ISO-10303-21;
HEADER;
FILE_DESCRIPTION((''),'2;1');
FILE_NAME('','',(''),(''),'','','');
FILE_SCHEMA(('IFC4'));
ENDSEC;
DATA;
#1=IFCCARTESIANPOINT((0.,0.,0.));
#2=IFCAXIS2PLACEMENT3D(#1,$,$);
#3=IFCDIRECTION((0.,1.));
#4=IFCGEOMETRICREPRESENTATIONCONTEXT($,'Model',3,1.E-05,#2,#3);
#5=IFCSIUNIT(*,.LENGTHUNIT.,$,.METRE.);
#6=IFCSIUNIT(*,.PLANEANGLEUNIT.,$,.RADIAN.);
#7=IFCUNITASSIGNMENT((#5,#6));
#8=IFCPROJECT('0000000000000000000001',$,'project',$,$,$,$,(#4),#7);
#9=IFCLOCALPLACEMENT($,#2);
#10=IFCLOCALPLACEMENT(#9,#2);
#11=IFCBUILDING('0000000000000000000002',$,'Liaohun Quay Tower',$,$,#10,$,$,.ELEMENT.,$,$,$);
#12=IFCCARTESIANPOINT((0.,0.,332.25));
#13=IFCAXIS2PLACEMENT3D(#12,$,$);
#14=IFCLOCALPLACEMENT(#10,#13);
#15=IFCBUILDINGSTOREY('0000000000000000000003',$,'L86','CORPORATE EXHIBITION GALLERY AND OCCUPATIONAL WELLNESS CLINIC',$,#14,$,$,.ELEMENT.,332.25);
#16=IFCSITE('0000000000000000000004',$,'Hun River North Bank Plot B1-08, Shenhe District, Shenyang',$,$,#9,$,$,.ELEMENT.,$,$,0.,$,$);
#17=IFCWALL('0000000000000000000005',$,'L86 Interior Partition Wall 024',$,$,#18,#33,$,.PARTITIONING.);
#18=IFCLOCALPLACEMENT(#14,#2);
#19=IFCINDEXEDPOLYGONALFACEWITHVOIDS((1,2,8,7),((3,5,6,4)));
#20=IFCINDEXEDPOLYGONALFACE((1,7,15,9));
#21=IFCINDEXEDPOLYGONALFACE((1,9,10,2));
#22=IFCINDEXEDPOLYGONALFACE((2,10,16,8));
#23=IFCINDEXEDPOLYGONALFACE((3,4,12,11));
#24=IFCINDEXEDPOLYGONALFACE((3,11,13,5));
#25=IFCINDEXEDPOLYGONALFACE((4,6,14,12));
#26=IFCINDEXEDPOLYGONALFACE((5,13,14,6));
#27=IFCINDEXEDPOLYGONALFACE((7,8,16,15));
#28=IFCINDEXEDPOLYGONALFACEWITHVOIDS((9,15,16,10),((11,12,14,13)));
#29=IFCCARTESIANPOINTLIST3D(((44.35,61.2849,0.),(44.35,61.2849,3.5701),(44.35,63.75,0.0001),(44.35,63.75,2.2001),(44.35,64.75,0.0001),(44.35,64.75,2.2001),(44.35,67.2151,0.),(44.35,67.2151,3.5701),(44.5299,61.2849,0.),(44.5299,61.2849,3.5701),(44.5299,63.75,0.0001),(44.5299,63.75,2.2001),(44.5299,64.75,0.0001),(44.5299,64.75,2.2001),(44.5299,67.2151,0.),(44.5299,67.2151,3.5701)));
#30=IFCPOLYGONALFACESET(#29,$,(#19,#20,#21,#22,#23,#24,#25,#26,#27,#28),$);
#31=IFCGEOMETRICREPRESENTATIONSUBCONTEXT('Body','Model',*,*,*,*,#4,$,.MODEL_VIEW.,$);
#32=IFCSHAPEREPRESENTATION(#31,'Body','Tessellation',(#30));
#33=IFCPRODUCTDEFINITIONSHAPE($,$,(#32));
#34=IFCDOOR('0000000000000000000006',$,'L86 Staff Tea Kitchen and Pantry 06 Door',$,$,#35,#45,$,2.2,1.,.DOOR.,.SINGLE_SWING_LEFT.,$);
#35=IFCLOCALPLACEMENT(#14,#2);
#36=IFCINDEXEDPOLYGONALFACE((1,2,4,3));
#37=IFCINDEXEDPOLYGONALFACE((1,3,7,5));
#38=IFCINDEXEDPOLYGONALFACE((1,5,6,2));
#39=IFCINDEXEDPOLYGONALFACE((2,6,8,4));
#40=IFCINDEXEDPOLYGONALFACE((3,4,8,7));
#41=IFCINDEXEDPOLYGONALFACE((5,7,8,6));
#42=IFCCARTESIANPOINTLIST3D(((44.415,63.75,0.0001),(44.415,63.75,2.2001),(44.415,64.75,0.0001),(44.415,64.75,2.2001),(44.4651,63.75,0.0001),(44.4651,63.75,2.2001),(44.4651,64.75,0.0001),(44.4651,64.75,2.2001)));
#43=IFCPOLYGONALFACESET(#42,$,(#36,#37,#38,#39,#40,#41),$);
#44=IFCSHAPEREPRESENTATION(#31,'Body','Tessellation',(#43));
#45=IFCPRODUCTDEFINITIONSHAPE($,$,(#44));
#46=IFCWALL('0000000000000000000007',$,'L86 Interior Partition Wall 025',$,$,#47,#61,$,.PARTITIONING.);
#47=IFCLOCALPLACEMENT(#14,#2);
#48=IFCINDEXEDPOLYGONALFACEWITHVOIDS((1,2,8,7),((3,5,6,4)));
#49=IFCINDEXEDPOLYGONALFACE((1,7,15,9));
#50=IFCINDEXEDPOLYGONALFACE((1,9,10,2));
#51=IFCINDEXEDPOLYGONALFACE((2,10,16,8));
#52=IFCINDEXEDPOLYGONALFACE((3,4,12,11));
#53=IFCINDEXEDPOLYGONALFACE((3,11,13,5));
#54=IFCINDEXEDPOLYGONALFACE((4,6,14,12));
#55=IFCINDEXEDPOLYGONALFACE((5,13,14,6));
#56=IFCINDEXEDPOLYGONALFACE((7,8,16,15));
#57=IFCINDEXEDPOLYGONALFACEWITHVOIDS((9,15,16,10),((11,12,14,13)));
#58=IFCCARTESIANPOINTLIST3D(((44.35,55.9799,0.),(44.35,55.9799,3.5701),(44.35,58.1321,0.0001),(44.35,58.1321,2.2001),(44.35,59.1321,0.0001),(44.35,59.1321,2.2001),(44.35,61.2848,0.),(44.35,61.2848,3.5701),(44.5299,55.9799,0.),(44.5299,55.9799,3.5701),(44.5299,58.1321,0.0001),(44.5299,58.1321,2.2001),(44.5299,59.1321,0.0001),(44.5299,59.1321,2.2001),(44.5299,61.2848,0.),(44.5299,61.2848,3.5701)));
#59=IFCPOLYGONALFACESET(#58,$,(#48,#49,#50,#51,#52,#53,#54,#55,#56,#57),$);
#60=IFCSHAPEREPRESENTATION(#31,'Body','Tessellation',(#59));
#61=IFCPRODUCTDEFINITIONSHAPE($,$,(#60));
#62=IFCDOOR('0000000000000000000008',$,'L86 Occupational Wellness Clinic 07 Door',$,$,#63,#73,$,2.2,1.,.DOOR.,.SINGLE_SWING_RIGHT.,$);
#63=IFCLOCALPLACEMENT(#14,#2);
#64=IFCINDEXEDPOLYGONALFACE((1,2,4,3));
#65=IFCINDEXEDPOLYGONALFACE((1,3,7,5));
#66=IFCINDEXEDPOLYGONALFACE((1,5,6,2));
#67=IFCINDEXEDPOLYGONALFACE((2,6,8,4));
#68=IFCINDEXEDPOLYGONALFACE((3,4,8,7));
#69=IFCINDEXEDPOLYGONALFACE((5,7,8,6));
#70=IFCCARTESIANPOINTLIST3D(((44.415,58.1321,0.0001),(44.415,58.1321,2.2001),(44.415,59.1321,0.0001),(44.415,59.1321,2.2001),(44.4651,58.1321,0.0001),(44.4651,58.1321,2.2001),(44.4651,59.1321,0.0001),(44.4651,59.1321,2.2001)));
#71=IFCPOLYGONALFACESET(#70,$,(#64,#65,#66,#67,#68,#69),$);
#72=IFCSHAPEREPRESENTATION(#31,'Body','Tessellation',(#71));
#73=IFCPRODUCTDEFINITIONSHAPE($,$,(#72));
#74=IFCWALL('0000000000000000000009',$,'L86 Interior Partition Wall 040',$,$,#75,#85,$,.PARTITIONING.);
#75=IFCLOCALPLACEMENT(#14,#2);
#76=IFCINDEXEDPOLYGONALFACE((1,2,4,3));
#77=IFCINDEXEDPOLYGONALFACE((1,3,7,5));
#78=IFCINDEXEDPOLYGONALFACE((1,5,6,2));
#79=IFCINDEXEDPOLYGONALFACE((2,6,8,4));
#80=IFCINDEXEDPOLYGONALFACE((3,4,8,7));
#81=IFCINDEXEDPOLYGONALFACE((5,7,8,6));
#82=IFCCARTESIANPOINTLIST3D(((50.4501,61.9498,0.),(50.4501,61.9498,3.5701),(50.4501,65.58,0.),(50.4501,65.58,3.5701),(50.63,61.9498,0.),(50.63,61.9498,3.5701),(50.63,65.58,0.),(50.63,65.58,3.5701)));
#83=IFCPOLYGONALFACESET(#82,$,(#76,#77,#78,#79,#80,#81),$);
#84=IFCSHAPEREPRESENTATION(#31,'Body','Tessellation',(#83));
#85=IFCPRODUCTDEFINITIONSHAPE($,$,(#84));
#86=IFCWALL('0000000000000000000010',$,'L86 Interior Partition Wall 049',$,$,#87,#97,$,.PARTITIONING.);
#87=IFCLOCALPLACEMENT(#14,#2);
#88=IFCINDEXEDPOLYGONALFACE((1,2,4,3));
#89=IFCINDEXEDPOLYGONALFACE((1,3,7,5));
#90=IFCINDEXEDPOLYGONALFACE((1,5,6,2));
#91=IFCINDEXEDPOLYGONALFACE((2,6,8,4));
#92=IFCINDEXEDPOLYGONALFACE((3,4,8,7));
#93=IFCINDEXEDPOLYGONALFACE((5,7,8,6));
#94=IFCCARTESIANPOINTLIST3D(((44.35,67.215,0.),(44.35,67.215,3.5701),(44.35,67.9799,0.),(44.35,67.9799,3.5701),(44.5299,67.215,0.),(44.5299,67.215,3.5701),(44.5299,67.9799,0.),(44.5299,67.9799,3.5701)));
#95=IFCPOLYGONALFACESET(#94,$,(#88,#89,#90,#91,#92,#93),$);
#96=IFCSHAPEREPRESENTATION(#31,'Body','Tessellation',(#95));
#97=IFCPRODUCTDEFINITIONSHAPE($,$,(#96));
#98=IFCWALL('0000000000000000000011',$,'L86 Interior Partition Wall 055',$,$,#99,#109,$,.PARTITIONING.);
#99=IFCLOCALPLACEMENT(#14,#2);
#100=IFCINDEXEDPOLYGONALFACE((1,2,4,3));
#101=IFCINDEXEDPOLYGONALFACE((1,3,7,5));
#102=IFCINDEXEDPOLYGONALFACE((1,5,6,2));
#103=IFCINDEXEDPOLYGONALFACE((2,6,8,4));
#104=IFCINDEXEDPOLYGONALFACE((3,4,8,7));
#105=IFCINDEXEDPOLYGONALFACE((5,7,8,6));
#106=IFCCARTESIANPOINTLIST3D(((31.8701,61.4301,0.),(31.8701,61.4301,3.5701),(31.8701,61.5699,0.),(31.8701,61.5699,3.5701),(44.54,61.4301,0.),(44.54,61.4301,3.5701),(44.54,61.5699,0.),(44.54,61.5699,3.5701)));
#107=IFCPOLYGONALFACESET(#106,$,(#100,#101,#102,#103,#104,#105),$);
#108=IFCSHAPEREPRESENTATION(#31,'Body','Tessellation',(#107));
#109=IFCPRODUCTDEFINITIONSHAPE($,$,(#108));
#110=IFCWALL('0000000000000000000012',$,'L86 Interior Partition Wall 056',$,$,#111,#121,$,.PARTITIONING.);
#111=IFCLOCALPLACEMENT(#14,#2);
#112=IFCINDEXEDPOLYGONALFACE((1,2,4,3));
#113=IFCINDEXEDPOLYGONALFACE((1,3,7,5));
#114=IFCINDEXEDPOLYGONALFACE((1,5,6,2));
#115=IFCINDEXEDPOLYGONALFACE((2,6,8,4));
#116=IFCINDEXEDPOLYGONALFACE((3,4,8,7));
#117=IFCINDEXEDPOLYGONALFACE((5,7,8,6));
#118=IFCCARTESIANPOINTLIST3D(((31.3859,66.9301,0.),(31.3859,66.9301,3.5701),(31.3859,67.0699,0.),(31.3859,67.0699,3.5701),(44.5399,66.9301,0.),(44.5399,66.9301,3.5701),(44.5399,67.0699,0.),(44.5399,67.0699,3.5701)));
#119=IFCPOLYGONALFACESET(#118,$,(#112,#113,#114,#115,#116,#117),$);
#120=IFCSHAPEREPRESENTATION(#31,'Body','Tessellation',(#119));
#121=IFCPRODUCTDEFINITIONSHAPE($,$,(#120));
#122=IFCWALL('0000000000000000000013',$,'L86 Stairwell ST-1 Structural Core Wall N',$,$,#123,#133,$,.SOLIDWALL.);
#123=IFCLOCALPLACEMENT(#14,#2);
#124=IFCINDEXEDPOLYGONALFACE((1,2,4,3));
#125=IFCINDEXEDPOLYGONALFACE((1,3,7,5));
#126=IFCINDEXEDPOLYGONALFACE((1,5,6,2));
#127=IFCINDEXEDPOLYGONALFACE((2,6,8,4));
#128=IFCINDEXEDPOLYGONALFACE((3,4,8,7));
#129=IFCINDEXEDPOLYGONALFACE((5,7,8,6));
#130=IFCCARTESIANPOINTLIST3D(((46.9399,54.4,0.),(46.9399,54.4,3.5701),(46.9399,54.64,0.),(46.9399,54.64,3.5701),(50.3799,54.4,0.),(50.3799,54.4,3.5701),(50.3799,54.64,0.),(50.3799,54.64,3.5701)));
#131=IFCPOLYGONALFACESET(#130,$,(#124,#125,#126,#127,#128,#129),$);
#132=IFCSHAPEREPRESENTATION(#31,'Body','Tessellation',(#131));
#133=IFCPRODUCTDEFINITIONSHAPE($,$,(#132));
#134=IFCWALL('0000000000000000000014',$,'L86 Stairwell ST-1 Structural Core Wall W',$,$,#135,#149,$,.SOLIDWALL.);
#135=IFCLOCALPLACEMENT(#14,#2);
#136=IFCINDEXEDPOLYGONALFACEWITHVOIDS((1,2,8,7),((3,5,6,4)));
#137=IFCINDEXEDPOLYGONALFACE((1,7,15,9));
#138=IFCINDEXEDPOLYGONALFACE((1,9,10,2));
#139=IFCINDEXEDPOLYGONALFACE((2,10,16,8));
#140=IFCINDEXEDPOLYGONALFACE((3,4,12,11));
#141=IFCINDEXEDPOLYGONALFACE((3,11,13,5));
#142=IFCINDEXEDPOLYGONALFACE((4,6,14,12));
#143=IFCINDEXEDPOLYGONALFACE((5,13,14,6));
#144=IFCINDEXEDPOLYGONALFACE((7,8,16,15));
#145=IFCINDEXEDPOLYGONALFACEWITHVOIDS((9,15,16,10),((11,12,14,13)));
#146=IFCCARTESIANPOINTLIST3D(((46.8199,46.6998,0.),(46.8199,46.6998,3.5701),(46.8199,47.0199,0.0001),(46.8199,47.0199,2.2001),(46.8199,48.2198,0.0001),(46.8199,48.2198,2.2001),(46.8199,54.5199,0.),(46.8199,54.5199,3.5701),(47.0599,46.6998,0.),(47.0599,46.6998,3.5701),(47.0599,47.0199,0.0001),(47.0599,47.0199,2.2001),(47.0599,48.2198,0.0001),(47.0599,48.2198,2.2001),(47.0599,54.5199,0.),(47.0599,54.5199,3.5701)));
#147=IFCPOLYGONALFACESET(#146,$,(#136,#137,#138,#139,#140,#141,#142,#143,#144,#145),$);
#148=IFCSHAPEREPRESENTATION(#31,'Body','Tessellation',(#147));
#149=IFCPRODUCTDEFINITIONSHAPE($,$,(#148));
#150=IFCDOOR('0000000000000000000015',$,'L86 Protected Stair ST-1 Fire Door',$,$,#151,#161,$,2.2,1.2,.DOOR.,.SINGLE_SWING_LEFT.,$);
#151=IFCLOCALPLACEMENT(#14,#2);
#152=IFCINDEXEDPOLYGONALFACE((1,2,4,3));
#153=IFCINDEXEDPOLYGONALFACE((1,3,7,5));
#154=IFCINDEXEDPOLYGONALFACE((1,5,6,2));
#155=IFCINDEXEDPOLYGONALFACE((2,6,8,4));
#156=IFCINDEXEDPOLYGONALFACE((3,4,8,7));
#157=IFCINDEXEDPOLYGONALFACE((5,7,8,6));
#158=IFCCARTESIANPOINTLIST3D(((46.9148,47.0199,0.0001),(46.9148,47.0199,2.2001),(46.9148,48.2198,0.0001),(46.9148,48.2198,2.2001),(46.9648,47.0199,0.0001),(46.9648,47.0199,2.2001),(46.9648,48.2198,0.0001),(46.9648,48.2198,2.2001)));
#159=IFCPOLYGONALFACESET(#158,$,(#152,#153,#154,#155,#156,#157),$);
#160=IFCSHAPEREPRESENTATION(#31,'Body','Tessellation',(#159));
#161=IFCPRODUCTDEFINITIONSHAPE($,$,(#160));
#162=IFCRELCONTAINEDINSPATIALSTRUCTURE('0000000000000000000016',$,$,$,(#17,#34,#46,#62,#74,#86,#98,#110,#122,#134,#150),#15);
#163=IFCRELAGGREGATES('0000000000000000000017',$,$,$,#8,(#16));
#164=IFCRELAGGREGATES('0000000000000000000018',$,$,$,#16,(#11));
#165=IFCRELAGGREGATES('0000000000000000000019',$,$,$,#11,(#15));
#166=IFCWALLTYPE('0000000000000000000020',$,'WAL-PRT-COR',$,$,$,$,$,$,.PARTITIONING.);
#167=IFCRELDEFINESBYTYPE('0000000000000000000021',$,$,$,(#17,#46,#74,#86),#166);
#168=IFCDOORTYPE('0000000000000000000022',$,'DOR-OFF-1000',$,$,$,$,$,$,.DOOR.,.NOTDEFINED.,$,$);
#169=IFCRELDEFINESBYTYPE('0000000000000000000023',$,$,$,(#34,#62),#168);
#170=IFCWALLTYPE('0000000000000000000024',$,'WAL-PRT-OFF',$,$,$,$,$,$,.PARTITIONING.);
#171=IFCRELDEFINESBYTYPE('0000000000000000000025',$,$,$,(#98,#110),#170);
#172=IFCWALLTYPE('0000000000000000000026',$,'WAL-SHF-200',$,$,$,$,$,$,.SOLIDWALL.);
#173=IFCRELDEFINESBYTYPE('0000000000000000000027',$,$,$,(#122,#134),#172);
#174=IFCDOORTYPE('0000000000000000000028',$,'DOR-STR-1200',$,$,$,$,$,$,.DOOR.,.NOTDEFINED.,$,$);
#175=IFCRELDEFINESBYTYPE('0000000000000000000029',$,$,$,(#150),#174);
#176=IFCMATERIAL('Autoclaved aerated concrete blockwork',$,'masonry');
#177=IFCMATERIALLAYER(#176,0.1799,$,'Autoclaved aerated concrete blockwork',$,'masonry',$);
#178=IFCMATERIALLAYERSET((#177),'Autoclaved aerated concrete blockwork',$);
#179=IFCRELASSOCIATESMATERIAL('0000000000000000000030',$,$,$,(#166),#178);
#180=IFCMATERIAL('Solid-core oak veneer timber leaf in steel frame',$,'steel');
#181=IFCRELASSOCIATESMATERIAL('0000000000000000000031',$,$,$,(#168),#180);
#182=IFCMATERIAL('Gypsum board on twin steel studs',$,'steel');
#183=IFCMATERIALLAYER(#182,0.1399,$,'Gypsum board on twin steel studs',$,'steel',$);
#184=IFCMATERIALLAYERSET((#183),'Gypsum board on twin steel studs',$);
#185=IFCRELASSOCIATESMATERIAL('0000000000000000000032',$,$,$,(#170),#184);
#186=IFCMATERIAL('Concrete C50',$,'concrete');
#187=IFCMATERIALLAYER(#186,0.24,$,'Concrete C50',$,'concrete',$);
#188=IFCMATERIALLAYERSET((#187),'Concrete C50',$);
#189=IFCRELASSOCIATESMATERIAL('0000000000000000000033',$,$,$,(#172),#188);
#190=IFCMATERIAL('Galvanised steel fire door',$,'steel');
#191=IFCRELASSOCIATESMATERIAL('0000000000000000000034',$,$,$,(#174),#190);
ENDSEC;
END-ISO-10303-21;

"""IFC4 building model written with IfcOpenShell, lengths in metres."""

from ifc_helpers import new_model, si_unit, direction, frame, frame_2d, origin, place, context, subcontext, project, spatial, rectangle, extrude, source, transform, mapped, material, layer, layer_set, type_object, element, fill, save


model = new_model("IFC4")

# Units and contexts
model_context = context("Model", 3, precision=1e-05, world=origin(), true_north=direction((0.0, 1.0)))
body_context = subcontext(model_context, "Body", "Model", "MODEL_VIEW")
ifc_project = project(units=[si_unit("LENGTHUNIT", "METRE"), si_unit("PLANEANGLEUNIT", "RADIAN")], contexts=[model_context])

# Site, building, storey
site_placement = place(None, origin())
site = spatial("IfcSite", under=ifc_project, at=site_placement, Name="Hun River North Bank Plot B1-08, Shenhe District, Shenyang", CompositionType="ELEMENT", RefElevation=0.0)
building_placement = place(site_placement, origin())
building = spatial("IfcBuilding", under=site, at=building_placement, Name="Liaohun Quay Tower", CompositionType="ELEMENT")
storey_placement = place(building_placement, frame((0.0, 0.0, 332.25)))
storey = spatial("IfcBuildingStorey", under=building, at=storey_placement, Name="L86", Description="CORPORATE EXHIBITION GALLERY AND OCCUPATIONAL WELLNESS CLINIC", CompositionType="ELEMENT", Elevation=332.25)

# Shared definitions
ifc_material_1 = material(Name="Concrete C50", Category="concrete")

# Walls, openings, doors
ifc_material_2 = material(Name="Autoclaved aerated concrete blockwork", Category="masonry")
ifc_layer_1 = layer(ifc_material_2, 0.1799, Name="Autoclaved aerated concrete blockwork", Category="masonry")
ifc_layer_set_1 = layer_set([ifc_layer_1], Name="Autoclaved aerated concrete blockwork")
wall_type_1 = type_object("IfcWallType", Name="WAL-PRT-COR", PredefinedType="PARTITIONING", material=ifc_layer_set_1)
wall_1_placement = place(storey_placement, frame((44.4399, 61.2849, 0.0), z_axis=(0.0, 0.0, 1.0), x_axis=(0.0, 1.0, 0.0)))
wall_1 = element("IfcWall", 1, at=wall_1_placement, inside=storey, type_object=wall_type_1, Name="L86 Interior Partition Wall 024", PredefinedType="PARTITIONING", context=body_context, shape_type="SweptSolid", body=[
    extrude(rectangle(XDim=5.9302, YDim=0.1799, at=frame_2d((2.9651, 0.0))), origin(), (0.0, 0.0, 1.0), 3.5701),
])
shared_shape_1 = source(origin(), body_context, "Body", "SweptSolid", [
    extrude(rectangle(XDim=1.0, YDim=2.2, at=frame_2d((0.5, 1.1001))), frame((0.0, 0.0999, 0.0), z_axis=(0.0, -1.0, 0.0), x_axis=(1.0, 0.0, 0.0)), (0.0, 0.0, 1.0), 0.2),
])
opening_1_placement = place(wall_1_placement, frame((2.4651, 0.0, 0.0)))
opening_1 = element("IfcOpeningElement", 2, at=opening_1_placement, cuts=wall_1, PredefinedType="OPENING", context=body_context, shape_type="MappedRepresentation", body=[
    mapped(shared_shape_1, transform((0.0, 0.0, 0.0), x_axis=(1.0, 0.0, 0.0), y_axis=(0.0, 1.0, 0.0), z_axis=(0.0, 0.0, 1.0), scale=1.0)),
])
ifc_material_3 = material(Name="Solid-core oak veneer timber leaf in steel frame", Category="steel")
door_type_1 = type_object("IfcDoorType", Name="DOR-OFF-1000", OperationType="NOTDEFINED", PredefinedType="DOOR", material=ifc_material_3)
shared_shape_2 = source(origin(), body_context, "Body", "SweptSolid", [
    extrude(rectangle(XDim=1.0, YDim=2.2, at=frame_2d((0.5, 1.1001))), frame((0.0, 0.0249, 0.0), z_axis=(0.0, -1.0, 0.0), x_axis=(1.0, 0.0, 0.0)), (0.0, 0.0, 1.0), 0.05),
])
door_1_placement = place(opening_1_placement, origin())
door_1 = element("IfcDoor", 3, at=door_1_placement, inside=storey, type_object=door_type_1, Name="L86 Staff Tea Kitchen and Pantry 06 Door", OperationType="SINGLE_SWING_LEFT", OverallHeight=2.2, OverallWidth=1.0, PredefinedType="DOOR", context=body_context, shape_type="MappedRepresentation", body=[
    mapped(shared_shape_2, transform((0.0, 0.0, 0.0), x_axis=(1.0, 0.0, 0.0), y_axis=(0.0, 1.0, 0.0), z_axis=(0.0, 0.0, 1.0), scale=1.0)),
])
fill(opening_1, door_1)
wall_2_placement = place(storey_placement, frame((44.4399, 55.98, 0.0), z_axis=(0.0, 0.0, 1.0), x_axis=(0.0, 1.0, 0.0)))
wall_2 = element("IfcWall", 4, at=wall_2_placement, inside=storey, type_object=wall_type_1, Name="L86 Interior Partition Wall 025", PredefinedType="PARTITIONING", context=body_context, shape_type="SweptSolid", body=[
    extrude(rectangle(XDim=5.3049, YDim=0.1799, at=frame_2d((2.6523, 0.0))), origin(), (0.0, 0.0, 1.0), 3.5701),
])
opening_2_placement = place(wall_2_placement, frame((2.1521, 0.0, 0.0)))
opening_2 = element("IfcOpeningElement", 5, at=opening_2_placement, cuts=wall_2, PredefinedType="OPENING", context=body_context, shape_type="MappedRepresentation", body=[
    mapped(shared_shape_1, transform((0.0, 0.0, 0.0), x_axis=(1.0, 0.0, 0.0), y_axis=(0.0, 1.0, 0.0), z_axis=(0.0, 0.0, 1.0), scale=1.0)),
])
door_2_placement = place(opening_2_placement, origin())
door_2 = element("IfcDoor", 6, at=door_2_placement, inside=storey, type_object=door_type_1, Name="L86 Occupational Wellness Clinic 07 Door", OperationType="SINGLE_SWING_RIGHT", OverallHeight=2.2, OverallWidth=1.0, PredefinedType="DOOR", context=body_context, shape_type="MappedRepresentation", body=[
    mapped(shared_shape_2, transform((0.0, 0.0, 0.0), x_axis=(1.0, 0.0, 0.0), y_axis=(0.0, 1.0, 0.0), z_axis=(0.0, 0.0, 1.0), scale=1.0)),
])
fill(opening_2, door_2)

# Walls
wall_3_placement = place(storey_placement, frame((50.54, 61.95, 0.0), z_axis=(0.0, 0.0, 1.0), x_axis=(0.0, 1.0, 0.0)))
element("IfcWall", 7, at=wall_3_placement, inside=storey, type_object=wall_type_1, Name="L86 Interior Partition Wall 040", PredefinedType="PARTITIONING", context=body_context, shape_type="SweptSolid", body=[
    extrude(rectangle(XDim=3.6301, YDim=0.1799, at=frame_2d((1.8149, 0.0))), origin(), (0.0, 0.0, 1.0), 3.5701),
])
wall_4_placement = place(storey_placement, frame((44.4399, 67.2151, 0.0), z_axis=(0.0, 0.0, 1.0), x_axis=(0.0, 1.0, 0.0)))
element("IfcWall", 8, at=wall_4_placement, inside=storey, type_object=wall_type_1, Name="L86 Interior Partition Wall 049", PredefinedType="PARTITIONING", context=body_context, shape_type="SweptSolid", body=[
    extrude(rectangle(XDim=0.7649, YDim=0.1799, at=frame_2d((0.3823, 0.0))), origin(), (0.0, 0.0, 1.0), 3.5701),
])
ifc_material_4 = material(Name="Gypsum board on twin steel studs", Category="steel")
ifc_layer_2 = layer(ifc_material_4, 0.1399, Name="Gypsum board on twin steel studs", Category="steel")
ifc_layer_set_2 = layer_set([ifc_layer_2], Name="Gypsum board on twin steel studs")
wall_type_2 = type_object("IfcWallType", Name="WAL-PRT-OFF", PredefinedType="PARTITIONING", material=ifc_layer_set_2)
wall_5_placement = place(storey_placement, frame((44.54, 61.5, 0.0), z_axis=(0.0, 0.0, 1.0), x_axis=(-1.0, 0.0, 0.0)))
element("IfcWall", 9, at=wall_5_placement, inside=storey, type_object=wall_type_2, Name="L86 Interior Partition Wall 055", PredefinedType="PARTITIONING", context=body_context, shape_type="SweptSolid", body=[
    extrude(rectangle(XDim=12.6699, YDim=0.1399, at=frame_2d((6.335, 0.0))), origin(), (0.0, 0.0, 1.0), 3.5701),
])
wall_6_placement = place(storey_placement, frame((44.54, 67.0, 0.0), z_axis=(0.0, 0.0, 1.0), x_axis=(-1.0, 0.0, 0.0)))
element("IfcWall", 10, at=wall_6_placement, inside=storey, type_object=wall_type_2, Name="L86 Interior Partition Wall 056", PredefinedType="PARTITIONING", context=body_context, shape_type="SweptSolid", body=[
    extrude(rectangle(XDim=13.1541, YDim=0.1399, at=frame_2d((6.5771, 0.0))), origin(), (0.0, 0.0, 1.0), 3.5701),
])
ifc_layer_3 = layer(ifc_material_1, 0.24, Name="Concrete C50", Category="concrete")
ifc_layer_set_3 = layer_set([ifc_layer_3], Name="Concrete C50")
wall_type_3 = type_object("IfcWallType", Name="WAL-SHF-200", PredefinedType="SOLIDWALL", material=ifc_layer_set_3)
wall_7_placement = place(storey_placement, frame((50.3799, 54.52, 0.0), z_axis=(0.0, 0.0, 1.0), x_axis=(-1.0, 0.0, 0.0)))
element("IfcWall", 11, at=wall_7_placement, inside=storey, type_object=wall_type_3, Name="L86 Stairwell ST-1 Structural Core Wall N", PredefinedType="SOLIDWALL", context=body_context, shape_type="SweptSolid", body=[
    extrude(rectangle(XDim=3.4399, YDim=0.24, at=frame_2d((1.72, 0.0))), origin(), (0.0, 0.0, 1.0), 3.5701),
])

# Wall, opening, door
wall_8_placement = place(storey_placement, frame((46.9399, 54.52, 0.0), z_axis=(0.0, 0.0, 1.0), x_axis=(0.0, -1.0, 0.0)))
wall_8 = element("IfcWall", 12, at=wall_8_placement, inside=storey, type_object=wall_type_3, Name="L86 Stairwell ST-1 Structural Core Wall W", PredefinedType="SOLIDWALL", context=body_context, shape_type="SweptSolid", body=[
    extrude(rectangle(XDim=7.8201, YDim=0.24, at=frame_2d((3.9102, 0.0))), origin(), (0.0, 0.0, 1.0), 3.5701),
])
shared_shape_3 = source(origin(), body_context, "Body", "SweptSolid", [
    extrude(rectangle(XDim=1.2, YDim=2.2, at=frame_2d((0.6001, 1.1001))), frame((0.0, 0.1299, 0.0), z_axis=(0.0, -1.0, 0.0), x_axis=(1.0, 0.0, 0.0)), (0.0, 0.0, 1.0), 0.26),
])
opening_3_placement = place(wall_8_placement, frame((6.3, 0.0, 0.0)))
opening_3 = element("IfcOpeningElement", 13, at=opening_3_placement, cuts=wall_8, PredefinedType="OPENING", context=body_context, shape_type="MappedRepresentation", body=[
    mapped(shared_shape_3, transform((0.0, 0.0, 0.0), x_axis=(1.0, 0.0, 0.0), y_axis=(0.0, 1.0, 0.0), z_axis=(0.0, 0.0, 1.0), scale=1.0)),
])
ifc_material_5 = material(Name="Galvanised steel fire door", Category="steel")
door_type_2 = type_object("IfcDoorType", Name="DOR-STR-1200", OperationType="NOTDEFINED", PredefinedType="DOOR", material=ifc_material_5)
shared_shape_4 = source(origin(), body_context, "Body", "SweptSolid", [
    extrude(rectangle(XDim=1.2, YDim=2.2, at=frame_2d((0.6001, 1.1001))), frame((0.0, 0.0249, 0.0), z_axis=(0.0, -1.0, 0.0), x_axis=(1.0, 0.0, 0.0)), (0.0, 0.0, 1.0), 0.05),
])
door_3_placement = place(opening_3_placement, origin())
door_3 = element("IfcDoor", 14, at=door_3_placement, inside=storey, type_object=door_type_2, Name="L86 Protected Stair ST-1 Fire Door", OperationType="SINGLE_SWING_LEFT", OverallHeight=2.2, OverallWidth=1.2, PredefinedType="DOOR", context=body_context, shape_type="MappedRepresentation", body=[
    mapped(shared_shape_4, transform((0.0, 0.0, 0.0), x_axis=(1.0, 0.0, 0.0), y_axis=(0.0, 1.0, 0.0), z_axis=(0.0, 0.0, 1.0), scale=1.0)),
])
fill(opening_3, door_3)

save(model, "model.ifc")
